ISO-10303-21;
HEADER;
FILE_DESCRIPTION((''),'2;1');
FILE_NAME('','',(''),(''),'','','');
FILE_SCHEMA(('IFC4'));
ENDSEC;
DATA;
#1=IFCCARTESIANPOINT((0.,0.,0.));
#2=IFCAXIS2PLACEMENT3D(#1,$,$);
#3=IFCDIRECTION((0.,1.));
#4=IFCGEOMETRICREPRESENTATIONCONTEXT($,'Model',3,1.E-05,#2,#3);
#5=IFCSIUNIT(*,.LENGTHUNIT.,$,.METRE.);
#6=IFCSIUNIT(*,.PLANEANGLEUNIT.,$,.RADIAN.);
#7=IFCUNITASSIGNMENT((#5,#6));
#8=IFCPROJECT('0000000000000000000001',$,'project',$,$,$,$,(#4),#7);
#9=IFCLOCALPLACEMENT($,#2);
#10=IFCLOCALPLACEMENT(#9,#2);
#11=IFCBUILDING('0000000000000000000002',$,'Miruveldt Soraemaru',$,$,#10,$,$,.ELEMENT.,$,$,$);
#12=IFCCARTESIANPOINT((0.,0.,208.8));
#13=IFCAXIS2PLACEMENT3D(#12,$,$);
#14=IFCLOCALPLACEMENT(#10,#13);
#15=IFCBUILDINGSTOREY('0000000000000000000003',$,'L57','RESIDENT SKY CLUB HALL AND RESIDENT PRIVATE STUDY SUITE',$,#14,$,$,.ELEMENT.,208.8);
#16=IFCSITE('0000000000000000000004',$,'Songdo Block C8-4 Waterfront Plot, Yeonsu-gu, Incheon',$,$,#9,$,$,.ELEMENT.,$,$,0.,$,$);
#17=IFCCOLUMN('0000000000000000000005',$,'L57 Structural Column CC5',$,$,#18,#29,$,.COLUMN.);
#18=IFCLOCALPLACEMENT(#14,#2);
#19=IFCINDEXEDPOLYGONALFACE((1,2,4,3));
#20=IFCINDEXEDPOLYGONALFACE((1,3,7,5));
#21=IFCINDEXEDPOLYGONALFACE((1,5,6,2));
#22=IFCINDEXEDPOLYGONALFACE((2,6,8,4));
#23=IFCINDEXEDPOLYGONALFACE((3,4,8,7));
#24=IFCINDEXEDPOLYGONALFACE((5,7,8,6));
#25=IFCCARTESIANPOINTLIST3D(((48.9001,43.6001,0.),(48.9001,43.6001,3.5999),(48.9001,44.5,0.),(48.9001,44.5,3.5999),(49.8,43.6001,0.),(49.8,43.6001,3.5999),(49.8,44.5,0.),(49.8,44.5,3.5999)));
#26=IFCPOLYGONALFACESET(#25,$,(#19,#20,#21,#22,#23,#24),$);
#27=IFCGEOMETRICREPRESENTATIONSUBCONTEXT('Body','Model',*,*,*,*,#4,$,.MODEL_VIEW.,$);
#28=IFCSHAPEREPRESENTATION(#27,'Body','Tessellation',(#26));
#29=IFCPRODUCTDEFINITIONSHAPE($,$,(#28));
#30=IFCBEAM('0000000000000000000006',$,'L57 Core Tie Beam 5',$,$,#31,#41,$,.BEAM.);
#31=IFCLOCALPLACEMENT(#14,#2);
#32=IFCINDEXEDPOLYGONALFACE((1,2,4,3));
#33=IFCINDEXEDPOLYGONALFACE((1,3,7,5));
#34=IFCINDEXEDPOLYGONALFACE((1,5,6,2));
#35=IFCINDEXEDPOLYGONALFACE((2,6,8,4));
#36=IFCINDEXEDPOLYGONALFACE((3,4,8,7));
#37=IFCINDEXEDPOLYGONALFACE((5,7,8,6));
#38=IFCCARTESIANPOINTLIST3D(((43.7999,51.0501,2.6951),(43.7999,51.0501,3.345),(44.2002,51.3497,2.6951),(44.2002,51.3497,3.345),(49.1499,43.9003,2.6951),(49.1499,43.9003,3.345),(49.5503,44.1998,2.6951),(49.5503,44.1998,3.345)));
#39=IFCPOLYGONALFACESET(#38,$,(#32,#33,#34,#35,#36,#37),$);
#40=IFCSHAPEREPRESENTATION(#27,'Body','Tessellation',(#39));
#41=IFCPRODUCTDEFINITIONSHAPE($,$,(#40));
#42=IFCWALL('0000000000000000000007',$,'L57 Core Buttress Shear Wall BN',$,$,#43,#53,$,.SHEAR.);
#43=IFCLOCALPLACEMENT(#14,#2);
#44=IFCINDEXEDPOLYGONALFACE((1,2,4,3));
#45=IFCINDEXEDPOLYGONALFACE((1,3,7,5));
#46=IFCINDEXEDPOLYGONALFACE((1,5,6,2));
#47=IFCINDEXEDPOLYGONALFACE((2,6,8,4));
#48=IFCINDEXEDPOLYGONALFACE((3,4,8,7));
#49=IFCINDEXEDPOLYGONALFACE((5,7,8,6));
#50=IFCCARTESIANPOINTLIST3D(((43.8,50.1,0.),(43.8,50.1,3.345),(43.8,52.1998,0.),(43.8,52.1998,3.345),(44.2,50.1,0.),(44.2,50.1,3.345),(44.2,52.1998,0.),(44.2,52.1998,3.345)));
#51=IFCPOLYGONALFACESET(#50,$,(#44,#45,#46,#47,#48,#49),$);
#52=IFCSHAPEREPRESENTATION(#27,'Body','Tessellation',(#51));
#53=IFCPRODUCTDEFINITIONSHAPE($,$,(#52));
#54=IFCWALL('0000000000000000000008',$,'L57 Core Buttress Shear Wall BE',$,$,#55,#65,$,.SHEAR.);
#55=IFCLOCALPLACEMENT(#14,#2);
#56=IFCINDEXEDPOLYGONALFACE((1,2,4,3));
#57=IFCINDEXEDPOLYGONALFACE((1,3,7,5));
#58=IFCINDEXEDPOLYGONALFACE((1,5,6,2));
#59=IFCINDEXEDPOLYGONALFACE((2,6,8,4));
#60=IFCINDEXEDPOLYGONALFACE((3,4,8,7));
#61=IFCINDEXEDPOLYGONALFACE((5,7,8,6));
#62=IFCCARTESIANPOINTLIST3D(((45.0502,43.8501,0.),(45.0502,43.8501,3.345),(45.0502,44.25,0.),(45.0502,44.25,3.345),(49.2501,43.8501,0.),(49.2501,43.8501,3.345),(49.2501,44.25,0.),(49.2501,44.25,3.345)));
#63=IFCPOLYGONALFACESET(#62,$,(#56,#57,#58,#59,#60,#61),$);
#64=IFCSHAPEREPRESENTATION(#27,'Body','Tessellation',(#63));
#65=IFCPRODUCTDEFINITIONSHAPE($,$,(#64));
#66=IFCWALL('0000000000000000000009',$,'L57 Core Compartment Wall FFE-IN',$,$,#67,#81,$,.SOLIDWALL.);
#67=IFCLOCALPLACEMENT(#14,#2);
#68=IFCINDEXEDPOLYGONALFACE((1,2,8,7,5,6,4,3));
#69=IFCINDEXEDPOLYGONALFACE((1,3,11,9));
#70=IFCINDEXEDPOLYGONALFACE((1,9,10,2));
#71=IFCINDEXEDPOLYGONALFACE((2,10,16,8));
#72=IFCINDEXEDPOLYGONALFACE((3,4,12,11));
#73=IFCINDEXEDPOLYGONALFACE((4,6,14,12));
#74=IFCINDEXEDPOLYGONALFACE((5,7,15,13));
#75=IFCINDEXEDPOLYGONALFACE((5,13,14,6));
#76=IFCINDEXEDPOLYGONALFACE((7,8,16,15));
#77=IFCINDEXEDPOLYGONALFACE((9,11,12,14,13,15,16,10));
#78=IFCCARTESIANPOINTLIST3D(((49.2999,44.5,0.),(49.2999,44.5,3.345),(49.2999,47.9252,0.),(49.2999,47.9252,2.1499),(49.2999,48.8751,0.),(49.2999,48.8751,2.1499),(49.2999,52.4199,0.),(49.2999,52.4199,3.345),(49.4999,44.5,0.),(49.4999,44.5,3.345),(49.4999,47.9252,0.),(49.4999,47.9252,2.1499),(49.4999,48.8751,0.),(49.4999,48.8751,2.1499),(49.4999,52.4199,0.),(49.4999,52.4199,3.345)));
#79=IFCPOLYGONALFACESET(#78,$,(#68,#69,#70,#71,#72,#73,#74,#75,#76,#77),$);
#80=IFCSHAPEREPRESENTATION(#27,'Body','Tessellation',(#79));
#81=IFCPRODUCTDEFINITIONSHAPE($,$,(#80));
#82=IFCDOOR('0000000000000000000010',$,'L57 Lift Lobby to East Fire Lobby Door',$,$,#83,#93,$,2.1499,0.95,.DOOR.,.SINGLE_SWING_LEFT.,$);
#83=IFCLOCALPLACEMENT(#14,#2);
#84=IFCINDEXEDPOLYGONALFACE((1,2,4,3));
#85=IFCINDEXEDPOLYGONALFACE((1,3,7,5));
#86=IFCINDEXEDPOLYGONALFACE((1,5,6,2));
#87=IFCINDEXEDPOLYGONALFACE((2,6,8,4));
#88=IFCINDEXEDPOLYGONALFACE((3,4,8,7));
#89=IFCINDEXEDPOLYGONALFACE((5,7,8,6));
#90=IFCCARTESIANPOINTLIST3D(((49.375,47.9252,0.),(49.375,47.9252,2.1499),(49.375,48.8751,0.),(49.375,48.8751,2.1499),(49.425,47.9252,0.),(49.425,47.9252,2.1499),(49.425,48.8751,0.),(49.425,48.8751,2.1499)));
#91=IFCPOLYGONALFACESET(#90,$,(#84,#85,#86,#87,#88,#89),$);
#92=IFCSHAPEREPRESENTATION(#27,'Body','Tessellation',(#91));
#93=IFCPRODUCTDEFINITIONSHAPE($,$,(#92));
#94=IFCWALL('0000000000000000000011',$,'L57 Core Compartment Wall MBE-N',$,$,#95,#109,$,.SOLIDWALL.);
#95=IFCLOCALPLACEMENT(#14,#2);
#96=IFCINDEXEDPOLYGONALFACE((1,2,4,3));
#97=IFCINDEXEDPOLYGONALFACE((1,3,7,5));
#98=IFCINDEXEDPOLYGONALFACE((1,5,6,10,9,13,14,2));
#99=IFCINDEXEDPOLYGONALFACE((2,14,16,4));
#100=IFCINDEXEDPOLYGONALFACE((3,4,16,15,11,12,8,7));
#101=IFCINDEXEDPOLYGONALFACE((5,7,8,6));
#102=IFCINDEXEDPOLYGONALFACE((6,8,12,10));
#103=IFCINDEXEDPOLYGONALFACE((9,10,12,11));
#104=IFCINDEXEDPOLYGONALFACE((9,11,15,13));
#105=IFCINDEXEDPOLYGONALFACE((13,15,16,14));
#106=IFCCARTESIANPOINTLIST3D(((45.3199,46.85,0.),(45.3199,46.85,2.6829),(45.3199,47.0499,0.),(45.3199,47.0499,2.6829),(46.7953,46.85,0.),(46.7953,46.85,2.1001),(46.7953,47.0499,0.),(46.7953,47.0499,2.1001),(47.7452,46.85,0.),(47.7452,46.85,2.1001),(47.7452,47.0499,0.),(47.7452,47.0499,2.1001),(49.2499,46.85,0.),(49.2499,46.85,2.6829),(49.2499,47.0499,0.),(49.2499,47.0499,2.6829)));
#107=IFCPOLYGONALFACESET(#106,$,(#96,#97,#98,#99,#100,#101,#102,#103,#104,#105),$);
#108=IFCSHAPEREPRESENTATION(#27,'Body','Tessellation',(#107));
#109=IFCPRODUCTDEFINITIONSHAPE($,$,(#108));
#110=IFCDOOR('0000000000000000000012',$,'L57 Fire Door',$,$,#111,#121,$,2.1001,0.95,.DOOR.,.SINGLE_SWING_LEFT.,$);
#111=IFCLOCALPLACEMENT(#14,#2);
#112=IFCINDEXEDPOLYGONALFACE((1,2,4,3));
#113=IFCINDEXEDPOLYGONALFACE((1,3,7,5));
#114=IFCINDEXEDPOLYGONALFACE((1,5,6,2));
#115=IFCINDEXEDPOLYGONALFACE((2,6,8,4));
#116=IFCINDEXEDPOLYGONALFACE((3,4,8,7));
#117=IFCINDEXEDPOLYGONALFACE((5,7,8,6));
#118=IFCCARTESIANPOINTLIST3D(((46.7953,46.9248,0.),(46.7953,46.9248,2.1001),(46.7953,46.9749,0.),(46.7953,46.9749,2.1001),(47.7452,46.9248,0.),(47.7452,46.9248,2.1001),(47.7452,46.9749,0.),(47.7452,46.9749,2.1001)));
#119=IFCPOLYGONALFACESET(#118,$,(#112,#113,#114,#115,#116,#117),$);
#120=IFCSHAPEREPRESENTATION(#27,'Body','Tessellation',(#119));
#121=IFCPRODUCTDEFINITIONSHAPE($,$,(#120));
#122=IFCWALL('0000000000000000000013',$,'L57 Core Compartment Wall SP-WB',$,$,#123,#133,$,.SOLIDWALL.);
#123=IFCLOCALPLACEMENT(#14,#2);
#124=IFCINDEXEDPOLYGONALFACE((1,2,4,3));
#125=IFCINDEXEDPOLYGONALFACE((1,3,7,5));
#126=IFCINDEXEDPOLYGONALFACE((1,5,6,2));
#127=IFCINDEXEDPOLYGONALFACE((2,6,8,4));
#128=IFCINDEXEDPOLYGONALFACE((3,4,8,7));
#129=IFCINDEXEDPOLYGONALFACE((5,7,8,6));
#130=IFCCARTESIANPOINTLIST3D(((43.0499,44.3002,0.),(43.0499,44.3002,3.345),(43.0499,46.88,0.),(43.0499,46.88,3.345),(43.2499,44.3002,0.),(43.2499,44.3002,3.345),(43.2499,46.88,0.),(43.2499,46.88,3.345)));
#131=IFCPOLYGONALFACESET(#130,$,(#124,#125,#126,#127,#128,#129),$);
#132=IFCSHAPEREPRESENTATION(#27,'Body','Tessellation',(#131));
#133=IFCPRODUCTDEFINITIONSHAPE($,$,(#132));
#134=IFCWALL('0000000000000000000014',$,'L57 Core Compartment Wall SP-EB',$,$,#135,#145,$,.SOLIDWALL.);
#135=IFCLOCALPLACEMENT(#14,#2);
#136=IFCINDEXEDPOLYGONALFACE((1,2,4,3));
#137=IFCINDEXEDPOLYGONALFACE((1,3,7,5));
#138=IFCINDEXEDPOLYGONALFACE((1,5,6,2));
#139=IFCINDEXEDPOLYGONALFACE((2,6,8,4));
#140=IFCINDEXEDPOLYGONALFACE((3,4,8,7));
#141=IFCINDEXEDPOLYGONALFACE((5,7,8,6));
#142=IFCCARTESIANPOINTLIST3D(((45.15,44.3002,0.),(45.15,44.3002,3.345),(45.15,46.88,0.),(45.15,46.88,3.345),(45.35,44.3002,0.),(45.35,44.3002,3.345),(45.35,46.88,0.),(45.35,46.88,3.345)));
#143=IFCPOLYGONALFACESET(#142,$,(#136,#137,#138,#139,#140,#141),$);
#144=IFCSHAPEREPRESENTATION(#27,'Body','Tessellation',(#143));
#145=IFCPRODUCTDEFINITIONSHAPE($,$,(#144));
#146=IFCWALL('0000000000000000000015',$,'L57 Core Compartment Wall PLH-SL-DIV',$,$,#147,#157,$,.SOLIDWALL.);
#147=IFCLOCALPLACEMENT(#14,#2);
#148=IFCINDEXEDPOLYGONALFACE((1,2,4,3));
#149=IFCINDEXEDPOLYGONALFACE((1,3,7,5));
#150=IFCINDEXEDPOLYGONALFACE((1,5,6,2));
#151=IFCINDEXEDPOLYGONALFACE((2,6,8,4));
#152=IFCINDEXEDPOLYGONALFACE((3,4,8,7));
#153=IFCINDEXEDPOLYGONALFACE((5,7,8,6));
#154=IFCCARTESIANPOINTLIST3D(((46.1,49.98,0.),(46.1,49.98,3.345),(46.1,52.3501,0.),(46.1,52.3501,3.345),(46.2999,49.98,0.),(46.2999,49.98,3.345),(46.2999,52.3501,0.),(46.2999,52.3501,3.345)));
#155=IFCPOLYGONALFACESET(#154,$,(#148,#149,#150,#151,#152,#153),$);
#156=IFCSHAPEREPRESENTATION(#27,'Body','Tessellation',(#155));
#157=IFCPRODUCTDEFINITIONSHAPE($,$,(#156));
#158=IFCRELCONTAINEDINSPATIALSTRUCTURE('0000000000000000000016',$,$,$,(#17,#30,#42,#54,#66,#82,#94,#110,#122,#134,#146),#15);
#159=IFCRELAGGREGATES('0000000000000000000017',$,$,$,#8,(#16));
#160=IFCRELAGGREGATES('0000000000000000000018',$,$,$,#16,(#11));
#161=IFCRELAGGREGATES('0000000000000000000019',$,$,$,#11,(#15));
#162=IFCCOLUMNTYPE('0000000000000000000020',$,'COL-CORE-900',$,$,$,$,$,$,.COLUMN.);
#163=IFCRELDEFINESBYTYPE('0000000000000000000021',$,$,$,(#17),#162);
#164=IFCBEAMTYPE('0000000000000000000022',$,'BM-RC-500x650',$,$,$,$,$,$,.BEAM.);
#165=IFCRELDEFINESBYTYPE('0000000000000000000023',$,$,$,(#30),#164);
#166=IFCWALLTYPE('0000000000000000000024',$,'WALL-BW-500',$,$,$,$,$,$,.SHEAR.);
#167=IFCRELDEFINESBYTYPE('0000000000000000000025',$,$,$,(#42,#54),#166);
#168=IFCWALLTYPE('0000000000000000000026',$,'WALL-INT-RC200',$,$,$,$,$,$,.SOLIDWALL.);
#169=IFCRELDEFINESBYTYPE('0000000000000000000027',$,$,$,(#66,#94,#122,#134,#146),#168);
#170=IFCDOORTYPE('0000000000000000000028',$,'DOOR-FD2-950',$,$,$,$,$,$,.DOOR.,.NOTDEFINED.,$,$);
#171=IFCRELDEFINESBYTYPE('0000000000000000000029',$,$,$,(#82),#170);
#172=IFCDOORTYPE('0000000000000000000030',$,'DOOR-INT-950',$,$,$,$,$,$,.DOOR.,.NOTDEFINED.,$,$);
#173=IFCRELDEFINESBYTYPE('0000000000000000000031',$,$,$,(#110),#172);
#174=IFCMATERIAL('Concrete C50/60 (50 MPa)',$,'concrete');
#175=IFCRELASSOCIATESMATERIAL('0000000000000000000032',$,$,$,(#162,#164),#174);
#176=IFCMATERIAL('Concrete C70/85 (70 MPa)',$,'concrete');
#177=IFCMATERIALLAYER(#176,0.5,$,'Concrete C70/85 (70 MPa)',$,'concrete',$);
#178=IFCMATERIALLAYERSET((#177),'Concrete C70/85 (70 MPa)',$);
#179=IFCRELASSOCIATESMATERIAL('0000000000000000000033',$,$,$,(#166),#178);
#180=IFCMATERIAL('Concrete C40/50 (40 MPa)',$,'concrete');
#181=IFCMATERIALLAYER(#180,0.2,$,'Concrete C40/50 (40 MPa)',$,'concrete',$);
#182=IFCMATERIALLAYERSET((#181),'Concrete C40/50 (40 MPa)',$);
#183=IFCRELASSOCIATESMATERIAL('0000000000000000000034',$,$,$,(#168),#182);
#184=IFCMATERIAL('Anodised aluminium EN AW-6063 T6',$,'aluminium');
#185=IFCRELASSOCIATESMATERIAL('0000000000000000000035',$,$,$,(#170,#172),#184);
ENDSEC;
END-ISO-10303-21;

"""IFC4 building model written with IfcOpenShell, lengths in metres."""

from ifc_helpers import new_model, si_unit, direction, frame, frame_2d, origin, origin_2d, place, context, subcontext, project, spatial, rectangle, extrude, material, layer, layer_set, material_profile, profile_set, type_object, element, fill, save


model = new_model("IFC4")

# Units and contexts
model_context = context("Model", 3, precision=1e-05, world=origin(), true_north=direction((0.0, 1.0)))
body_context = subcontext(model_context, "Body", "Model", "MODEL_VIEW")
ifc_project = project(units=[si_unit("LENGTHUNIT", "METRE"), si_unit("PLANEANGLEUNIT", "RADIAN")], contexts=[model_context])

# Site, building, storey
site_placement = place(None, origin())
site = spatial("IfcSite", under=ifc_project, at=site_placement, Name="Songdo Block C8-4 Waterfront Plot, Yeonsu-gu, Incheon", CompositionType="ELEMENT", RefElevation=0.0)
building_placement = place(site_placement, origin())
building = spatial("IfcBuilding", under=site, at=building_placement, Name="Miruveldt Soraemaru", CompositionType="ELEMENT")
storey_placement = place(building_placement, frame((0.0, 0.0, 208.8)))
storey = spatial("IfcBuildingStorey", under=building, at=storey_placement, Name="L57", Description="RESIDENT SKY CLUB HALL AND RESIDENT PRIVATE STUDY SUITE", CompositionType="ELEMENT", Elevation=208.8)

# Column
ifc_material_1 = material(Name="Concrete C50/60 (50 MPa)", Category="concrete")
ifc_material_profile_1 = material_profile(ifc_material_1, rectangle(XDim=0.8999, YDim=0.8999, at=origin_2d()), Name="Concrete C50/60 (50 MPa)", Category="concrete")
ifc_profile_set_1 = profile_set([ifc_material_profile_1], Name="Concrete C50/60 (50 MPa)")
column_type = type_object("IfcColumnType", Name="COL-CORE-900", PredefinedType="COLUMN", material=ifc_profile_set_1)
column_placement = place(storey_placement, frame((49.3501, 44.05, 0.0), z_axis=(0.0, 0.0, 1.0), x_axis=(1.0, 0.0, 0.0)))
element("IfcColumn", 1, at=column_placement, inside=storey, type_object=column_type, Name="L57 Structural Column CC5", PredefinedType="COLUMN", context=body_context, shape_type="SweptSolid", body=[
    extrude(rectangle(XDim=0.8999, YDim=0.8999, at=origin_2d()), origin(), (0.0, 0.0, 1.0), 3.5999),
])

# Beam
ifc_material_profile_2 = material_profile(ifc_material_1, rectangle(XDim=0.5, YDim=0.6499, at=origin_2d()), Name="Concrete C50/60 (50 MPa)", Category="concrete")
ifc_profile_set_2 = profile_set([ifc_material_profile_2], Name="Concrete C50/60 (50 MPa)")
beam_type = type_object("IfcBeamType", Name="BM-RC-500x650", PredefinedType="BEAM", material=ifc_profile_set_2)
beam_placement = place(storey_placement, frame((49.3501, 44.05, 3.02), z_axis=(-0.599116, 0.800662, 0.0), x_axis=(-0.800662, -0.599116, 0.0)))
element("IfcBeam", 2, at=beam_placement, inside=storey, type_object=beam_type, Name="L57 Core Tie Beam 5", PredefinedType="BEAM", context=body_context, shape_type="SweptSolid", body=[
    extrude(rectangle(XDim=0.5, YDim=0.6499, at=origin_2d()), origin(), (0.0, 0.0, 1.0), 8.9299),
])

# Walls
ifc_material_2 = material(Name="Concrete C70/85 (70 MPa)", Category="concrete")
ifc_layer_1 = layer(ifc_material_2, 0.5, Name="Concrete C70/85 (70 MPa)", Category="concrete")
ifc_layer_set_1 = layer_set([ifc_layer_1], Name="Concrete C70/85 (70 MPa)")
wall_type_1 = type_object("IfcWallType", Name="WALL-BW-500", PredefinedType="SHEAR", material=ifc_layer_set_1)
wall_1_placement = place(storey_placement, frame((44.0, 50.1001, 0.0), z_axis=(0.0, 0.0, 1.0), x_axis=(0.0, 1.0, 0.0)))
element("IfcWall", 3, at=wall_1_placement, inside=storey, type_object=wall_type_1, Name="L57 Core Buttress Shear Wall BN", PredefinedType="SHEAR", context=body_context, shape_type="SweptSolid", body=[
    extrude(rectangle(XDim=2.0999, YDim=0.3999, at=frame_2d((1.0498, 0.0))), origin(), (0.0, 0.0, 1.0), 3.345),
])
wall_2_placement = place(storey_placement, frame((45.05, 44.05, 0.0), z_axis=(0.0, 0.0, 1.0), x_axis=(1.0, 0.0, 0.0)))
element("IfcWall", 4, at=wall_2_placement, inside=storey, type_object=wall_type_1, Name="L57 Core Buttress Shear Wall BE", PredefinedType="SHEAR", context=body_context, shape_type="SweptSolid", body=[
    extrude(rectangle(XDim=4.2, YDim=0.3999, at=frame_2d((2.1001, 0.0))), origin(), (0.0, 0.0, 1.0), 3.345),
])

# Wall, opening, door
ifc_material_3 = material(Name="Concrete C40/50 (40 MPa)", Category="concrete")
ifc_layer_2 = layer(ifc_material_3, 0.2, Name="Concrete C40/50 (40 MPa)", Category="concrete")
ifc_layer_set_2 = layer_set([ifc_layer_2], Name="Concrete C40/50 (40 MPa)")
wall_type_2 = type_object("IfcWallType", Name="WALL-INT-RC200", PredefinedType="SOLIDWALL", material=ifc_layer_set_2)
wall_3_placement = place(storey_placement, frame((49.3999, 44.5, 0.0), z_axis=(0.0, 0.0, 1.0), x_axis=(0.0, 1.0, 0.0)))
wall_3 = element("IfcWall", 5, at=wall_3_placement, inside=storey, type_object=wall_type_2, Name="L57 Core Compartment Wall FFE-IN", PredefinedType="SOLIDWALL", context=body_context, shape_type="SweptSolid", body=[
    extrude(rectangle(XDim=7.9199, YDim=0.2, at=frame_2d((3.96, 0.0))), origin(), (0.0, 0.0, 1.0), 3.345),
])
opening_1_placement = place(wall_3_placement, frame((3.425, 0.0, 0.0)))
opening_1 = element("IfcOpeningElement", 6, at=opening_1_placement, cuts=wall_3, PredefinedType="OPENING", context=body_context, shape_type="SweptSolid", body=[
    extrude(rectangle(XDim=0.95, YDim=2.1499, at=frame_2d((0.4751, 1.075))), frame((0.0, 0.1099, 0.0), z_axis=(0.0, -1.0, 0.0), x_axis=(1.0, 0.0, 0.0)), (0.0, 0.0, 1.0), 0.22),
])
ifc_material_4 = material(Name="Anodised aluminium EN AW-6063 T6", Category="aluminium")
door_type_1 = type_object("IfcDoorType", Name="DOOR-FD2-950", OperationType="NOTDEFINED", PredefinedType="DOOR", material=ifc_material_4)
door_1_placement = place(opening_1_placement, origin())
door_1 = element("IfcDoor", 7, at=door_1_placement, inside=storey, type_object=door_type_1, Name="L57 Lift Lobby to East Fire Lobby Door", OperationType="SINGLE_SWING_LEFT", OverallHeight=2.1499, OverallWidth=0.95, PredefinedType="DOOR", context=body_context, shape_type="SweptSolid", body=[
    extrude(rectangle(XDim=0.95, YDim=2.1499, at=frame_2d((0.4751, 1.075))), frame((0.0, 0.0249, 0.0), z_axis=(0.0, -1.0, 0.0), x_axis=(1.0, 0.0, 0.0)), (0.0, 0.0, 1.0), 0.05),
])
fill(opening_1, door_1)

# Wall, opening, door
wall_4_placement = place(storey_placement, frame((45.3201, 46.95, 0.0), z_axis=(0.0, 0.0, 1.0), x_axis=(1.0, 0.0, 0.0)))
wall_4 = element("IfcWall", 8, at=wall_4_placement, inside=storey, type_object=wall_type_2, Name="L57 Core Compartment Wall MBE-N", PredefinedType="SOLIDWALL", context=body_context, shape_type="SweptSolid", body=[
    extrude(rectangle(XDim=3.9299, YDim=0.2, at=frame_2d((1.9648, 0.0))), origin(), (0.0, 0.0, 1.0), 2.6829),
])
opening_2_placement = place(wall_4_placement, frame((1.4751, 0.0, 0.0)))
opening_2 = element("IfcOpeningElement", 9, at=opening_2_placement, cuts=wall_4, PredefinedType="OPENING", context=body_context, shape_type="SweptSolid", body=[
    extrude(rectangle(XDim=0.95, YDim=2.1001, at=frame_2d((0.4751, 1.05))), frame((0.0, 0.1099, 0.0), z_axis=(0.0, -1.0, 0.0), x_axis=(1.0, 0.0, 0.0)), (0.0, 0.0, 1.0), 0.22),
])
door_type_2 = type_object("IfcDoorType", Name="DOOR-INT-950", OperationType="NOTDEFINED", PredefinedType="DOOR", material=ifc_material_4)
door_2_placement = place(opening_2_placement, origin())
door_2 = element("IfcDoor", 10, at=door_2_placement, inside=storey, type_object=door_type_2, Name="L57 Fire Door", OperationType="SINGLE_SWING_LEFT", OverallHeight=2.1001, OverallWidth=0.95, PredefinedType="DOOR", context=body_context, shape_type="SweptSolid", body=[
    extrude(rectangle(XDim=0.95, YDim=2.1001, at=frame_2d((0.4751, 1.05))), frame((0.0, 0.0249, 0.0), z_axis=(0.0, -1.0, 0.0), x_axis=(1.0, 0.0, 0.0)), (0.0, 0.0, 1.0), 0.05),
])
fill(opening_2, door_2)

# Walls
for number, where, z_axis, x_axis, name in (
    (11, (43.1499, 44.3, 0.0), (0.0, 0.0, 1.0), (0.0, 1.0, 0.0), "L57 Core Compartment Wall SP-WB"),
    (12, (45.25, 44.3, 0.0), (0.0, 0.0, 1.0), (0.0, 1.0, 0.0), "L57 Core Compartment Wall SP-EB"),
):
    element("IfcWall", number, at=place(storey_placement, frame(where, z_axis=z_axis, x_axis=x_axis)), inside=storey, type_object=wall_type_2, Name=name, PredefinedType="SOLIDWALL", context=body_context, shape_type="SweptSolid", body=[
        extrude(rectangle(XDim=2.5798, YDim=0.2, at=frame_2d((1.29, 0.0))), origin(), (0.0, 0.0, 1.0), 3.345),
    ])
wall_5_placement = place(storey_placement, frame((46.2, 49.98, 0.0), z_axis=(0.0, 0.0, 1.0), x_axis=(0.0, 1.0, 0.0)))
element("IfcWall", 13, at=wall_5_placement, inside=storey, type_object=wall_type_2, Name="L57 Core Compartment Wall PLH-SL-DIV", PredefinedType="SOLIDWALL", context=body_context, shape_type="SweptSolid", body=[
    extrude(rectangle(XDim=2.3701, YDim=0.2, at=frame_2d((1.1851, 0.0))), origin(), (0.0, 0.0, 1.0), 3.345),
])

save(model, "model.ifc")
